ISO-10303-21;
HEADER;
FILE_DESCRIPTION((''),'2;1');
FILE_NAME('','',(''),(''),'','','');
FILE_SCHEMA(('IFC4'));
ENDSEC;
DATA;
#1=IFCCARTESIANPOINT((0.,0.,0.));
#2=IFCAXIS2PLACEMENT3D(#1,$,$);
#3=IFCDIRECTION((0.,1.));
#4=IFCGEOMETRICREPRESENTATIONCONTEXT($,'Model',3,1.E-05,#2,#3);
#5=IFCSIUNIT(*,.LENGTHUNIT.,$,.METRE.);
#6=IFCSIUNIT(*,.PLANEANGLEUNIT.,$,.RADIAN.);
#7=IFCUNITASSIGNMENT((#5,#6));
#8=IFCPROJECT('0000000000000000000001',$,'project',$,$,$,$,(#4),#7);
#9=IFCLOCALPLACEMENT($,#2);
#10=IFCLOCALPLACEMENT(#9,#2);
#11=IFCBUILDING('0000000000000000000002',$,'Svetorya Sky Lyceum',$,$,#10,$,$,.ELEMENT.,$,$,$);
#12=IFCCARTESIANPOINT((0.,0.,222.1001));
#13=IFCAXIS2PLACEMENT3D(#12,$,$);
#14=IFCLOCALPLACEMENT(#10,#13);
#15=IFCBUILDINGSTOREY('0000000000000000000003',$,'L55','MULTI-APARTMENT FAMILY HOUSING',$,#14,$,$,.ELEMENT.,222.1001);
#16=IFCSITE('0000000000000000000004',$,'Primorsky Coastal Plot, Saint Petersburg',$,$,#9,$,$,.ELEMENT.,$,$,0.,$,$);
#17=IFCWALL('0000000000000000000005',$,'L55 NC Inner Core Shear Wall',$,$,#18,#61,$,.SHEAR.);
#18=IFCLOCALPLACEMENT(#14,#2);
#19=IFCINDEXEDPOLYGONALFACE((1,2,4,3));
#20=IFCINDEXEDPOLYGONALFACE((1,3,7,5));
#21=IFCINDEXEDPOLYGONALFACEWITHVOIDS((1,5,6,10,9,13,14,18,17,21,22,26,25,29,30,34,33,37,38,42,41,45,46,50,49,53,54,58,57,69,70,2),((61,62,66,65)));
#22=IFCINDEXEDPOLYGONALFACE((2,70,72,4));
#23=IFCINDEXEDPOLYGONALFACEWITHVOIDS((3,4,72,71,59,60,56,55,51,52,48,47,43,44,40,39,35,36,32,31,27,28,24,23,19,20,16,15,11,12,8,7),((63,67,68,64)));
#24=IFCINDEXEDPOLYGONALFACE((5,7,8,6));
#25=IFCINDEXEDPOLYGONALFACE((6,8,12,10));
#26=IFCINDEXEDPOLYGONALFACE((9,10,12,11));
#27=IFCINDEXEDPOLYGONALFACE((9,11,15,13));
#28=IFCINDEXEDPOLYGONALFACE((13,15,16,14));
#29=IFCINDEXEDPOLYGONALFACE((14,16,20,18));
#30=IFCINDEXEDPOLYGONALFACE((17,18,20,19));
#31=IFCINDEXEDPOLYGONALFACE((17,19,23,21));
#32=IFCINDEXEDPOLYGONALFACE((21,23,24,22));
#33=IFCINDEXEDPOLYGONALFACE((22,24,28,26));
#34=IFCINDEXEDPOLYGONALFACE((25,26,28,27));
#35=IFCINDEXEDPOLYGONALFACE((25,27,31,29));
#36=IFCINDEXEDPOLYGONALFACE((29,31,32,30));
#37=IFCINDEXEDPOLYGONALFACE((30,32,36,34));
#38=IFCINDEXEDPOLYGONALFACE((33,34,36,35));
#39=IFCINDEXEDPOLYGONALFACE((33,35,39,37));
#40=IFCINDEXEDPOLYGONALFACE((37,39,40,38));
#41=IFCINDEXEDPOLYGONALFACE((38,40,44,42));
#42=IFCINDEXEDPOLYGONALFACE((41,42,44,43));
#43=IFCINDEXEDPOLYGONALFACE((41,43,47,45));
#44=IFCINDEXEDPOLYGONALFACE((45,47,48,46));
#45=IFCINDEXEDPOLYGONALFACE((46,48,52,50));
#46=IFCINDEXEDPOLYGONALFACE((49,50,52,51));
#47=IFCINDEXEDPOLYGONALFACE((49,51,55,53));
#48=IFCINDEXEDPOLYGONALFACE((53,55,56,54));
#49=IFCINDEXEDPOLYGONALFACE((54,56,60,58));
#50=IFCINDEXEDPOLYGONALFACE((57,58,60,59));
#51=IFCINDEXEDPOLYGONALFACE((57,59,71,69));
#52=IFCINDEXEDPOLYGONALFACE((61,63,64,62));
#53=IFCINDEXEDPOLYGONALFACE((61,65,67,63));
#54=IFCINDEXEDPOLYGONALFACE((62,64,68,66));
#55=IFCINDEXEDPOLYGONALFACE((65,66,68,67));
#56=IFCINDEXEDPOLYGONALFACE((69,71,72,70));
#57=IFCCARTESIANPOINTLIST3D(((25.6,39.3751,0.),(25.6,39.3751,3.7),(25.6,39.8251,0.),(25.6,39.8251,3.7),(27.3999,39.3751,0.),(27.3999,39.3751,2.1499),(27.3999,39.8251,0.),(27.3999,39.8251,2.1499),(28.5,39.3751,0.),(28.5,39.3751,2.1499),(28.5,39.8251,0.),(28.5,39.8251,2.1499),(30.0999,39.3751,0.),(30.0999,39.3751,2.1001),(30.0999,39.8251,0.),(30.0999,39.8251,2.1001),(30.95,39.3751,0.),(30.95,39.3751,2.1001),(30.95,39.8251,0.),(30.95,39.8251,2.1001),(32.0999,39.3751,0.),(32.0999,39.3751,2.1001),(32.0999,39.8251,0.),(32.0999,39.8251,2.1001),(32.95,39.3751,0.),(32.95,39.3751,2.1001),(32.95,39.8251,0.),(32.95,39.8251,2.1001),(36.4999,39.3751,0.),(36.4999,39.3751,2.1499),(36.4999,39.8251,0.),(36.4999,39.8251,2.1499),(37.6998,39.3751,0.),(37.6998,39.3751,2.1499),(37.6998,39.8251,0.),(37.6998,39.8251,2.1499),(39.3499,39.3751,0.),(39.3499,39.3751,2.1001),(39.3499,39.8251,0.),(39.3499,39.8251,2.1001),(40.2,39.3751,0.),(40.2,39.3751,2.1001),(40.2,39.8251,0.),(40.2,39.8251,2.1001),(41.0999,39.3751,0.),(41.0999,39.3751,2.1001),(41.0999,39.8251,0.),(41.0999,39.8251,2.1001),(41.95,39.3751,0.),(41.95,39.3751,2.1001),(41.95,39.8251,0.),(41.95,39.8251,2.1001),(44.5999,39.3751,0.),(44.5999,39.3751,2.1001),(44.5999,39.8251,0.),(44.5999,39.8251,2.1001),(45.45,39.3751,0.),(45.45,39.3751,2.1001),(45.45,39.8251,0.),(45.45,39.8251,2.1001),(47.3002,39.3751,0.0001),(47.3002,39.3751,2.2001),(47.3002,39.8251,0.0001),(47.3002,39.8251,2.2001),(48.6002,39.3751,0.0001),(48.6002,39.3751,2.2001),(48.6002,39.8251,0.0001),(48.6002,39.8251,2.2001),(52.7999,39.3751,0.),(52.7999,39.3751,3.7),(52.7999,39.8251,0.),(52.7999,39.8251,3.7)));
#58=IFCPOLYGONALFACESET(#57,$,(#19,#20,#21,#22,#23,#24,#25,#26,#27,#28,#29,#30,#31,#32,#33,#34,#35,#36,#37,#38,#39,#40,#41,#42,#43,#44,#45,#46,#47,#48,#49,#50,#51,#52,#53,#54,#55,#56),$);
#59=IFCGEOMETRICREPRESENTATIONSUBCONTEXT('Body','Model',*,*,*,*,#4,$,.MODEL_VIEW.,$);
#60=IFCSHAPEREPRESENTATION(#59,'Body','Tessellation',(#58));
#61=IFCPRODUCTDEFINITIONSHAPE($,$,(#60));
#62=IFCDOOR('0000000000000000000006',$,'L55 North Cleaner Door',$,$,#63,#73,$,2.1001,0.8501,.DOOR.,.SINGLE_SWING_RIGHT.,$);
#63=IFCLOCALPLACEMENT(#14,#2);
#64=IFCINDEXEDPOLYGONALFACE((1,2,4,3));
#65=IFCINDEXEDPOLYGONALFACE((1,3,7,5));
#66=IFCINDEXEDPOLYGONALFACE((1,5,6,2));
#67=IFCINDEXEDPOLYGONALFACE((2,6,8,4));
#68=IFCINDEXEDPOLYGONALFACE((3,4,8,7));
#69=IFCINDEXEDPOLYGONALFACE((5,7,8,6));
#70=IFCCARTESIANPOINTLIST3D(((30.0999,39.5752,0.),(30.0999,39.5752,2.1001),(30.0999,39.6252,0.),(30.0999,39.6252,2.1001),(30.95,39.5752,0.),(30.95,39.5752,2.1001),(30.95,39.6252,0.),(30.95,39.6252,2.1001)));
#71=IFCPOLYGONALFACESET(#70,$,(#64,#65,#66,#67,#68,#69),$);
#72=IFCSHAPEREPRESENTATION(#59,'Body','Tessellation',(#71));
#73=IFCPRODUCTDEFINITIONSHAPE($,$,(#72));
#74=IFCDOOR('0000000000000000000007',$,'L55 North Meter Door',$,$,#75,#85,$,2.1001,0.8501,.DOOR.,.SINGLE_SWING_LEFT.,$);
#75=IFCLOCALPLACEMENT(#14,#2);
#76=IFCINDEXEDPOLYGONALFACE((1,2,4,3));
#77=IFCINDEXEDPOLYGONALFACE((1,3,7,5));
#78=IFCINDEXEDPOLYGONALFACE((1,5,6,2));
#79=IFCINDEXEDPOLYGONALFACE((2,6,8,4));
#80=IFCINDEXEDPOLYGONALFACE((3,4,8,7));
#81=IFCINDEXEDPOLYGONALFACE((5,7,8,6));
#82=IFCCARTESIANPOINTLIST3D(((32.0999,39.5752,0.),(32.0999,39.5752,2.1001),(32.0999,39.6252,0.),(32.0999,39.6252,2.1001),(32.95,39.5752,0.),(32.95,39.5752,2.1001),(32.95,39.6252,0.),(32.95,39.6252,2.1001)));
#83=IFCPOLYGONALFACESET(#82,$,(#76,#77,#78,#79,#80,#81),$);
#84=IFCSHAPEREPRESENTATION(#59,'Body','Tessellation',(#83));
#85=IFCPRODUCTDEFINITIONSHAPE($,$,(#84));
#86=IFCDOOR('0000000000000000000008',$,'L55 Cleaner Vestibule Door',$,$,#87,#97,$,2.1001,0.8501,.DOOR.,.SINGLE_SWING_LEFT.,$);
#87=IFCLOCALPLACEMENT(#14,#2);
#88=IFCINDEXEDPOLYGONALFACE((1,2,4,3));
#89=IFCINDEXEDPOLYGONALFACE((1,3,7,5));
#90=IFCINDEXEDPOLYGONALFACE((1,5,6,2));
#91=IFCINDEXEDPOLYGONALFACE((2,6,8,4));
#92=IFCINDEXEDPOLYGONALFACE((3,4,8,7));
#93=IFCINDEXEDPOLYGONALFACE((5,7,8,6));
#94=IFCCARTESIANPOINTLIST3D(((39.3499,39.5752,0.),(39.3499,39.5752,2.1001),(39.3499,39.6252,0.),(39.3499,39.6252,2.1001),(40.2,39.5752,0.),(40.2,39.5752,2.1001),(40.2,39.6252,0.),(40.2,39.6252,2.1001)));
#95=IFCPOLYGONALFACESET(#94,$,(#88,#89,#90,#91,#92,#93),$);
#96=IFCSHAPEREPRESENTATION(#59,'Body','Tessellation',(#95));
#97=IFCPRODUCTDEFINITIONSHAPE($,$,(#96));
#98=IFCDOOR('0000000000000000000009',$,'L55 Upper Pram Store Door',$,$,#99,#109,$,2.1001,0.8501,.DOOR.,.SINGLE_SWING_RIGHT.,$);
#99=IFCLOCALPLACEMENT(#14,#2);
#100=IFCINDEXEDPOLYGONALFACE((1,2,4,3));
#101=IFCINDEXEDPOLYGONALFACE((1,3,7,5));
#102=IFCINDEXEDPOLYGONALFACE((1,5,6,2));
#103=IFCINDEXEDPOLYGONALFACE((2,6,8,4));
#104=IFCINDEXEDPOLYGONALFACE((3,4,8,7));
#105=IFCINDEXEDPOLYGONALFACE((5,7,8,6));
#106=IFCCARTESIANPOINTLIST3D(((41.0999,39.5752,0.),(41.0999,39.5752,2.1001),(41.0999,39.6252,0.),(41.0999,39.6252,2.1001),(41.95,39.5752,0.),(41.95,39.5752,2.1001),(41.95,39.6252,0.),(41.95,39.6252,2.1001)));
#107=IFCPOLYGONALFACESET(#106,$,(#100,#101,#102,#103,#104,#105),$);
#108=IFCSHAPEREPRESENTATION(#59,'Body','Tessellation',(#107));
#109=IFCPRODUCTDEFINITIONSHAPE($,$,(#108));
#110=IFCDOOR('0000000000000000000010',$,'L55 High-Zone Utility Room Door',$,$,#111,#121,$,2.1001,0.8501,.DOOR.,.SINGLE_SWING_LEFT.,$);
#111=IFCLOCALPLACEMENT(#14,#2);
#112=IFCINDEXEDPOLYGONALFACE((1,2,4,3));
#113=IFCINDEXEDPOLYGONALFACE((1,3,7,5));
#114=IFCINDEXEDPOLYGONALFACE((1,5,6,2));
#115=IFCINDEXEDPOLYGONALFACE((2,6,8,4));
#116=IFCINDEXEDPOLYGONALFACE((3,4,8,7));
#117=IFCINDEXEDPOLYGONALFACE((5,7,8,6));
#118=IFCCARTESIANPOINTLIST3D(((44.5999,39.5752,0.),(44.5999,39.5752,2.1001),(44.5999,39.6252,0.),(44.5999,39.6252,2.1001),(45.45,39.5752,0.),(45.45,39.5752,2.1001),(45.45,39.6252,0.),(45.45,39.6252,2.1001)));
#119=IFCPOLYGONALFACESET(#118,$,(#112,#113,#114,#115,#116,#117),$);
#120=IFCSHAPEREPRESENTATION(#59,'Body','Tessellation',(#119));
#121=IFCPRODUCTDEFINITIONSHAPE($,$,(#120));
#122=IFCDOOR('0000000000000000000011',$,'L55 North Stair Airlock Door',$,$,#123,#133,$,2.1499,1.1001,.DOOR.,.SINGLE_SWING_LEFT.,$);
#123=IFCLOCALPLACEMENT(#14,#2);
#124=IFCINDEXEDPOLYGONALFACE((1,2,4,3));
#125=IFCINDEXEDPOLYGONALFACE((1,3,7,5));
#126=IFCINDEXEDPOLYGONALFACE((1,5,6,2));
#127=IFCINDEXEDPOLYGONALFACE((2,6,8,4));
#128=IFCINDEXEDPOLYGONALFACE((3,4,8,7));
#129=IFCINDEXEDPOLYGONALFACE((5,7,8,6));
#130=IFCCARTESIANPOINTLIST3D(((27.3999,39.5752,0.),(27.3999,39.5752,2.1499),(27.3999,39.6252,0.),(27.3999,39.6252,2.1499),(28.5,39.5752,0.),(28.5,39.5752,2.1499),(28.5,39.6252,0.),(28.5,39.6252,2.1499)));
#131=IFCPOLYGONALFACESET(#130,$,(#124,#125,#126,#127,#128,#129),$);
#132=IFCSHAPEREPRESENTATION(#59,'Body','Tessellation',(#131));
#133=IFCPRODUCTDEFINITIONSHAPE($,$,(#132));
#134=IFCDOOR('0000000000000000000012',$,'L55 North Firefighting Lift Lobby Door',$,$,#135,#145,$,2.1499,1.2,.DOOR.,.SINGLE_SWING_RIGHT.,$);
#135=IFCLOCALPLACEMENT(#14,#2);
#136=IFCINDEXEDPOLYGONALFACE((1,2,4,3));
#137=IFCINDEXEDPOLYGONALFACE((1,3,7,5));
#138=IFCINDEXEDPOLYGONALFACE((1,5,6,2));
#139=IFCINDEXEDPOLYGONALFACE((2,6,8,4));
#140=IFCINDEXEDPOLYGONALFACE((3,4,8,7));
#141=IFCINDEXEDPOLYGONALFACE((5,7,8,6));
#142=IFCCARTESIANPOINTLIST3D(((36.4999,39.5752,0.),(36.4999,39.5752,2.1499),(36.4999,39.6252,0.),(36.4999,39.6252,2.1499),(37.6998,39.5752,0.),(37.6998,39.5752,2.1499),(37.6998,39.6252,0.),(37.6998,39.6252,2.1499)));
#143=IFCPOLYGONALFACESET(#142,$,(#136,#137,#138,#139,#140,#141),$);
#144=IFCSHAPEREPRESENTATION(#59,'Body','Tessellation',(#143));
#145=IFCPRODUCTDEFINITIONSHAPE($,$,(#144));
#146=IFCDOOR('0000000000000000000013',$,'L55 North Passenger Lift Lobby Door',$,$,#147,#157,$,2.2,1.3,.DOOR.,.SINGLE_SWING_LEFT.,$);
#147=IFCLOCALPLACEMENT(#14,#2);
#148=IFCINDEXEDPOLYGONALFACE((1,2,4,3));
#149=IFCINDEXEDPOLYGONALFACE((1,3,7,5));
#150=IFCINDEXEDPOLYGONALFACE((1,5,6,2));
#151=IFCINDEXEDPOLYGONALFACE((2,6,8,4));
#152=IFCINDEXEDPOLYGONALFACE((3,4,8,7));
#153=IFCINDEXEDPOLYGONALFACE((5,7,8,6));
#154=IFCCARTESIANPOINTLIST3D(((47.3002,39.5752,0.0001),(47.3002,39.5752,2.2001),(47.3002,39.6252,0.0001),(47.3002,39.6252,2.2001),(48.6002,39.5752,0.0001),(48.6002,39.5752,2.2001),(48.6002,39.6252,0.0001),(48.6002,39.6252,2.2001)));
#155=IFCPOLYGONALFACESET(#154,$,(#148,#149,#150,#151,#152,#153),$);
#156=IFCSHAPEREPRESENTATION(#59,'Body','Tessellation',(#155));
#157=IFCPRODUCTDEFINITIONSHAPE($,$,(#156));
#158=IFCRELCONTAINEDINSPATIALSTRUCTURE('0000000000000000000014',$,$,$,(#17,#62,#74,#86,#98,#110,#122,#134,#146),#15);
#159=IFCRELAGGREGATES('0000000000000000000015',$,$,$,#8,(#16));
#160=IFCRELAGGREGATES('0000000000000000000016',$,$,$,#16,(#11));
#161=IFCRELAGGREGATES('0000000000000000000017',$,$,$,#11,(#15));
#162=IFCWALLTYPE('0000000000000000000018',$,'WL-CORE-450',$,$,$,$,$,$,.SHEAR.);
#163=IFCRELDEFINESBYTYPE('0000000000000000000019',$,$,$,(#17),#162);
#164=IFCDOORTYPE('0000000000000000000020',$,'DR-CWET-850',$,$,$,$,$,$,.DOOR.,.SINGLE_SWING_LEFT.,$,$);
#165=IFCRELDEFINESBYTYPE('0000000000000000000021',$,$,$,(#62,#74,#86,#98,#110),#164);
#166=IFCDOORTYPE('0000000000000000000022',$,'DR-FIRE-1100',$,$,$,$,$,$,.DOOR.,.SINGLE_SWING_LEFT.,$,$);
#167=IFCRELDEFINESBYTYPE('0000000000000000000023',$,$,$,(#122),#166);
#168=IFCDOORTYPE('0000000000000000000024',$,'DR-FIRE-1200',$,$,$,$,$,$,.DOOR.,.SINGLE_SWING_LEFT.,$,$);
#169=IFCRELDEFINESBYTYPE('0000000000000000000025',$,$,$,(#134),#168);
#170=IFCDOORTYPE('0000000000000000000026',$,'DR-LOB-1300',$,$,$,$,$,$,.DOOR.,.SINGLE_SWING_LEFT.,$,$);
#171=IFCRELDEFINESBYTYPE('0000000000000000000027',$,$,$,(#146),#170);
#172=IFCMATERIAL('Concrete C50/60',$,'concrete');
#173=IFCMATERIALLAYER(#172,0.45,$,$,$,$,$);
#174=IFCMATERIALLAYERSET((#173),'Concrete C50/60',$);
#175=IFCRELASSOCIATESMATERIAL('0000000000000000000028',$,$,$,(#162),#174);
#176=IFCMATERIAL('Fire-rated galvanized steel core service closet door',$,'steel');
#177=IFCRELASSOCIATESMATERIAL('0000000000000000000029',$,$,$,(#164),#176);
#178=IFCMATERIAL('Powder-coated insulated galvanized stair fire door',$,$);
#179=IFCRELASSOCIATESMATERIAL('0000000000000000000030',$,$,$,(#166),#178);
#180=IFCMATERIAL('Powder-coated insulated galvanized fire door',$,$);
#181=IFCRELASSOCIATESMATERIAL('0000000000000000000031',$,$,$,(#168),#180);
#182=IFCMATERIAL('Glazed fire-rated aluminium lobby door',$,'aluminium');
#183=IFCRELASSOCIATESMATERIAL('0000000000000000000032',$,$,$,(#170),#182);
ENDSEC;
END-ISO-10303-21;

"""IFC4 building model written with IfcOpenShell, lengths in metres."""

from ifc_helpers import new_model, si_unit, direction, frame, frame_2d, origin, place, context, subcontext, project, spatial, rectangle, extrude, material, layer, layer_set, type_object, element, fill, save


model = new_model("IFC4")

# Units and contexts
model_context = context("Model", 3, precision=1e-05, world=origin(), true_north=direction((0.0, 1.0)))
body_context = subcontext(model_context, "Body", "Model", "MODEL_VIEW")
ifc_project = project(units=[si_unit("LENGTHUNIT", "METRE"), si_unit("PLANEANGLEUNIT", "RADIAN")], contexts=[model_context])

# Site, building, storey
site_placement = place(None, origin())
site = spatial("IfcSite", under=ifc_project, at=site_placement, Name="Primorsky Coastal Plot, Saint Petersburg", CompositionType="ELEMENT", RefElevation=0.0)
building_placement = place(site_placement, origin())
building = spatial("IfcBuilding", under=site, at=building_placement, Name="Svetorya Sky Lyceum", CompositionType="ELEMENT")
storey_placement = place(building_placement, frame((0.0, 0.0, 222.1001)))
storey = spatial("IfcBuildingStorey", under=building, at=storey_placement, Name="L55", Description="MULTI-APARTMENT FAMILY HOUSING", CompositionType="ELEMENT", Elevation=222.1001)

# Shared definitions
ifc_material_1 = material(Name="Concrete C50/60", Category="concrete")

# Wall, openings, doors
ifc_layer_1 = layer(ifc_material_1, 0.45)
ifc_layer_set_1 = layer_set([ifc_layer_1], Name="Concrete C50/60")
wall_type_1 = type_object("IfcWallType", Name="WL-CORE-450", PredefinedType="SHEAR", material=ifc_layer_set_1)
wall_1_placement = place(storey_placement, frame((52.8, 39.6001, 0.0), z_axis=(0.0, 0.0, 1.0), x_axis=(-1.0, 0.0, 0.0)))
wall_1 = element("IfcWall", 1, at=wall_1_placement, inside=storey, type_object=wall_type_1, Name="L55 NC Inner Core Shear Wall", PredefinedType="SHEAR", context=body_context, shape_type="SweptSolid", body=[
    extrude(rectangle(XDim=27.2, YDim=0.45, at=frame_2d((13.6001, 0.0))), origin(), (0.0, 0.0, 1.0), 3.7),
])
opening_1_placement = place(wall_1_placement, frame((24.3, 0.0, 0.0)))
opening_1 = element("IfcOpeningElement", 2, at=opening_1_placement, cuts=wall_1, PredefinedType="OPENING", context=body_context, shape_type="SweptSolid", body=[
    extrude(rectangle(XDim=1.1001, YDim=2.1499, at=frame_2d((0.55, 1.075))), frame((0.0, 0.2349, 0.0), z_axis=(0.0, -1.0, 0.0), x_axis=(1.0, 0.0, 0.0)), (0.0, 0.0, 1.0), 0.47),
])
opening_2_placement = place(wall_1_placement, frame((21.8501, 0.0, 0.0)))
opening_2 = element("IfcOpeningElement", 3, at=opening_2_placement, cuts=wall_1, PredefinedType="OPENING", context=body_context, shape_type="SweptSolid", body=[
    extrude(rectangle(XDim=0.8501, YDim=2.1001, at=frame_2d((0.425, 1.05))), frame((0.0, 0.2349, 0.0), z_axis=(0.0, -1.0, 0.0), x_axis=(1.0, 0.0, 0.0)), (0.0, 0.0, 1.0), 0.47),
])
opening_3_placement = place(wall_1_placement, frame((19.8501, 0.0, 0.0)))
opening_3 = element("IfcOpeningElement", 4, at=opening_3_placement, cuts=wall_1, PredefinedType="OPENING", context=body_context, shape_type="SweptSolid", body=[
    extrude(rectangle(XDim=0.8501, YDim=2.1001, at=frame_2d((0.425, 1.05))), frame((0.0, 0.2349, 0.0), z_axis=(0.0, -1.0, 0.0), x_axis=(1.0, 0.0, 0.0)), (0.0, 0.0, 1.0), 0.47),
])
opening_4_placement = place(wall_1_placement, frame((15.1001, 0.0, 0.0)))
opening_4 = element("IfcOpeningElement", 5, at=opening_4_placement, cuts=wall_1, PredefinedType="OPENING", context=body_context, shape_type="SweptSolid", body=[
    extrude(rectangle(XDim=1.2, YDim=2.1499, at=frame_2d((0.6001, 1.075))), frame((0.0, 0.2349, 0.0), z_axis=(0.0, -1.0, 0.0), x_axis=(1.0, 0.0, 0.0)), (0.0, 0.0, 1.0), 0.47),
])
opening_5_placement = place(wall_1_placement, frame((12.6001, 0.0, 0.0)))
opening_5 = element("IfcOpeningElement", 6, at=opening_5_placement, cuts=wall_1, PredefinedType="OPENING", context=body_context, shape_type="SweptSolid", body=[
    extrude(rectangle(XDim=0.8501, YDim=2.1001, at=frame_2d((0.425, 1.05))), frame((0.0, 0.2349, 0.0), z_axis=(0.0, -1.0, 0.0), x_axis=(1.0, 0.0, 0.0)), (0.0, 0.0, 1.0), 0.47),
])
opening_6_placement = place(wall_1_placement, frame((10.8501, 0.0, 0.0)))
opening_6 = element("IfcOpeningElement", 7, at=opening_6_placement, cuts=wall_1, PredefinedType="OPENING", context=body_context, shape_type="SweptSolid", body=[
    extrude(rectangle(XDim=0.8501, YDim=2.1001, at=frame_2d((0.425, 1.05))), frame((0.0, 0.2349, 0.0), z_axis=(0.0, -1.0, 0.0), x_axis=(1.0, 0.0, 0.0)), (0.0, 0.0, 1.0), 0.47),
])
opening_7_placement = place(wall_1_placement, frame((7.3501, 0.0, 0.0)))
opening_7 = element("IfcOpeningElement", 8, at=opening_7_placement, cuts=wall_1, PredefinedType="OPENING", context=body_context, shape_type="SweptSolid", body=[
    extrude(rectangle(XDim=0.8501, YDim=2.1001, at=frame_2d((0.425, 1.05))), frame((0.0, 0.2349, 0.0), z_axis=(0.0, -1.0, 0.0), x_axis=(1.0, 0.0, 0.0)), (0.0, 0.0, 1.0), 0.47),
])
opening_8_placement = place(wall_1_placement, frame((4.2, 0.0, 0.0)))
opening_8 = element("IfcOpeningElement", 9, at=opening_8_placement, cuts=wall_1, PredefinedType="OPENING", context=body_context, shape_type="SweptSolid", body=[
    extrude(rectangle(XDim=1.3, YDim=2.2, at=frame_2d((0.6499, 1.1001))), frame((0.0, 0.2349, 0.0), z_axis=(0.0, -1.0, 0.0), x_axis=(1.0, 0.0, 0.0)), (0.0, 0.0, 1.0), 0.47),
])
ifc_material_2 = material(Name="Fire-rated galvanized steel core service closet door", Category="steel")
door_type_1 = type_object("IfcDoorType", Name="DR-CWET-850", OperationType="SINGLE_SWING_LEFT", PredefinedType="DOOR", material=ifc_material_2)
door_1_placement = place(opening_2_placement, origin())
door_1 = element("IfcDoor", 10, at=door_1_placement, inside=storey, type_object=door_type_1, Name="L55 North Cleaner Door", OperationType="SINGLE_SWING_RIGHT", OverallHeight=2.1001, OverallWidth=0.8501, PredefinedType="DOOR", context=body_context, shape_type="SweptSolid", body=[
    extrude(rectangle(XDim=0.8501, YDim=2.1001, at=frame_2d((0.425, 1.05))), frame((0.0, 0.0249, 0.0), z_axis=(0.0, -1.0, 0.0), x_axis=(1.0, 0.0, 0.0)), (0.0, 0.0, 1.0), 0.05),
])
fill(opening_2, door_1)
door_2_placement = place(opening_3_placement, origin())
door_2 = element("IfcDoor", 11, at=door_2_placement, inside=storey, type_object=door_type_1, Name="L55 North Meter Door", OperationType="SINGLE_SWING_LEFT", OverallHeight=2.1001, OverallWidth=0.8501, PredefinedType="DOOR", context=body_context, shape_type="SweptSolid", body=[
    extrude(rectangle(XDim=0.8501, YDim=2.1001, at=frame_2d((0.425, 1.05))), frame((0.0, 0.0249, 0.0), z_axis=(0.0, -1.0, 0.0), x_axis=(1.0, 0.0, 0.0)), (0.0, 0.0, 1.0), 0.05),
])
fill(opening_3, door_2)
door_3_placement = place(opening_5_placement, origin())
door_3 = element("IfcDoor", 12, at=door_3_placement, inside=storey, type_object=door_type_1, Name="L55 Cleaner Vestibule Door", OperationType="SINGLE_SWING_LEFT", OverallHeight=2.1001, OverallWidth=0.8501, PredefinedType="DOOR", context=body_context, shape_type="SweptSolid", body=[
    extrude(rectangle(XDim=0.8501, YDim=2.1001, at=frame_2d((0.425, 1.05))), frame((0.0, 0.0249, 0.0), z_axis=(0.0, -1.0, 0.0), x_axis=(1.0, 0.0, 0.0)), (0.0, 0.0, 1.0), 0.05),
])
fill(opening_5, door_3)
door_4_placement = place(opening_6_placement, origin())
door_4 = element("IfcDoor", 13, at=door_4_placement, inside=storey, type_object=door_type_1, Name="L55 Upper Pram Store Door", OperationType="SINGLE_SWING_RIGHT", OverallHeight=2.1001, OverallWidth=0.8501, PredefinedType="DOOR", context=body_context, shape_type="SweptSolid", body=[
    extrude(rectangle(XDim=0.8501, YDim=2.1001, at=frame_2d((0.425, 1.05))), frame((0.0, 0.0249, 0.0), z_axis=(0.0, -1.0, 0.0), x_axis=(1.0, 0.0, 0.0)), (0.0, 0.0, 1.0), 0.05),
])
fill(opening_6, door_4)
door_5_placement = place(opening_7_placement, origin())
door_5 = element("IfcDoor", 14, at=door_5_placement, inside=storey, type_object=door_type_1, Name="L55 High-Zone Utility Room Door", OperationType="SINGLE_SWING_LEFT", OverallHeight=2.1001, OverallWidth=0.8501, PredefinedType="DOOR", context=body_context, shape_type="SweptSolid", body=[
    extrude(rectangle(XDim=0.8501, YDim=2.1001, at=frame_2d((0.425, 1.05))), frame((0.0, 0.0249, 0.0), z_axis=(0.0, -1.0, 0.0), x_axis=(1.0, 0.0, 0.0)), (0.0, 0.0, 1.0), 0.05),
])
fill(opening_7, door_5)
ifc_material_3 = material(Name="Powder-coated insulated galvanized stair fire door")
door_type_2 = type_object("IfcDoorType", Name="DR-FIRE-1100", OperationType="SINGLE_SWING_LEFT", PredefinedType="DOOR", material=ifc_material_3)
door_6_placement = place(opening_1_placement, origin())
door_6 = element("IfcDoor", 15, at=door_6_placement, inside=storey, type_object=door_type_2, Name="L55 North Stair Airlock Door", OperationType="SINGLE_SWING_LEFT", OverallHeight=2.1499, OverallWidth=1.1001, PredefinedType="DOOR", context=body_context, shape_type="SweptSolid", body=[
    extrude(rectangle(XDim=1.1001, YDim=2.1499, at=frame_2d((0.55, 1.075))), frame((0.0, 0.0249, 0.0), z_axis=(0.0, -1.0, 0.0), x_axis=(1.0, 0.0, 0.0)), (0.0, 0.0, 1.0), 0.05),
])
fill(opening_1, door_6)
ifc_material_4 = material(Name="Powder-coated insulated galvanized fire door")
door_type_3 = type_object("IfcDoorType", Name="DR-FIRE-1200", OperationType="SINGLE_SWING_LEFT", PredefinedType="DOOR", material=ifc_material_4)
door_7_placement = place(opening_4_placement, origin())
door_7 = element("IfcDoor", 16, at=door_7_placement, inside=storey, type_object=door_type_3, Name="L55 North Firefighting Lift Lobby Door", OperationType="SINGLE_SWING_RIGHT", OverallHeight=2.1499, OverallWidth=1.2, PredefinedType="DOOR", context=body_context, shape_type="SweptSolid", body=[
    extrude(rectangle(XDim=1.2, YDim=2.1499, at=frame_2d((0.6001, 1.075))), frame((0.0, 0.0249, 0.0), z_axis=(0.0, -1.0, 0.0), x_axis=(1.0, 0.0, 0.0)), (0.0, 0.0, 1.0), 0.05),
])
fill(opening_4, door_7)
ifc_material_5 = material(Name="Glazed fire-rated aluminium lobby door", Category="aluminium")
door_type_4 = type_object("IfcDoorType", Name="DR-LOB-1300", OperationType="SINGLE_SWING_LEFT", PredefinedType="DOOR", material=ifc_material_5)
door_8_placement = place(opening_8_placement, origin())
door_8 = element("IfcDoor", 17, at=door_8_placement, inside=storey, type_object=door_type_4, Name="L55 North Passenger Lift Lobby Door", OperationType="SINGLE_SWING_LEFT", OverallHeight=2.2, OverallWidth=1.3, PredefinedType="DOOR", context=body_context, shape_type="SweptSolid", body=[
    extrude(rectangle(XDim=1.3, YDim=2.2, at=frame_2d((0.6499, 1.1001))), frame((0.0, 0.0249, 0.0), z_axis=(0.0, -1.0, 0.0), x_axis=(1.0, 0.0, 0.0)), (0.0, 0.0, 1.0), 0.05),
])
fill(opening_8, door_8)

save(model, "model.ifc")
